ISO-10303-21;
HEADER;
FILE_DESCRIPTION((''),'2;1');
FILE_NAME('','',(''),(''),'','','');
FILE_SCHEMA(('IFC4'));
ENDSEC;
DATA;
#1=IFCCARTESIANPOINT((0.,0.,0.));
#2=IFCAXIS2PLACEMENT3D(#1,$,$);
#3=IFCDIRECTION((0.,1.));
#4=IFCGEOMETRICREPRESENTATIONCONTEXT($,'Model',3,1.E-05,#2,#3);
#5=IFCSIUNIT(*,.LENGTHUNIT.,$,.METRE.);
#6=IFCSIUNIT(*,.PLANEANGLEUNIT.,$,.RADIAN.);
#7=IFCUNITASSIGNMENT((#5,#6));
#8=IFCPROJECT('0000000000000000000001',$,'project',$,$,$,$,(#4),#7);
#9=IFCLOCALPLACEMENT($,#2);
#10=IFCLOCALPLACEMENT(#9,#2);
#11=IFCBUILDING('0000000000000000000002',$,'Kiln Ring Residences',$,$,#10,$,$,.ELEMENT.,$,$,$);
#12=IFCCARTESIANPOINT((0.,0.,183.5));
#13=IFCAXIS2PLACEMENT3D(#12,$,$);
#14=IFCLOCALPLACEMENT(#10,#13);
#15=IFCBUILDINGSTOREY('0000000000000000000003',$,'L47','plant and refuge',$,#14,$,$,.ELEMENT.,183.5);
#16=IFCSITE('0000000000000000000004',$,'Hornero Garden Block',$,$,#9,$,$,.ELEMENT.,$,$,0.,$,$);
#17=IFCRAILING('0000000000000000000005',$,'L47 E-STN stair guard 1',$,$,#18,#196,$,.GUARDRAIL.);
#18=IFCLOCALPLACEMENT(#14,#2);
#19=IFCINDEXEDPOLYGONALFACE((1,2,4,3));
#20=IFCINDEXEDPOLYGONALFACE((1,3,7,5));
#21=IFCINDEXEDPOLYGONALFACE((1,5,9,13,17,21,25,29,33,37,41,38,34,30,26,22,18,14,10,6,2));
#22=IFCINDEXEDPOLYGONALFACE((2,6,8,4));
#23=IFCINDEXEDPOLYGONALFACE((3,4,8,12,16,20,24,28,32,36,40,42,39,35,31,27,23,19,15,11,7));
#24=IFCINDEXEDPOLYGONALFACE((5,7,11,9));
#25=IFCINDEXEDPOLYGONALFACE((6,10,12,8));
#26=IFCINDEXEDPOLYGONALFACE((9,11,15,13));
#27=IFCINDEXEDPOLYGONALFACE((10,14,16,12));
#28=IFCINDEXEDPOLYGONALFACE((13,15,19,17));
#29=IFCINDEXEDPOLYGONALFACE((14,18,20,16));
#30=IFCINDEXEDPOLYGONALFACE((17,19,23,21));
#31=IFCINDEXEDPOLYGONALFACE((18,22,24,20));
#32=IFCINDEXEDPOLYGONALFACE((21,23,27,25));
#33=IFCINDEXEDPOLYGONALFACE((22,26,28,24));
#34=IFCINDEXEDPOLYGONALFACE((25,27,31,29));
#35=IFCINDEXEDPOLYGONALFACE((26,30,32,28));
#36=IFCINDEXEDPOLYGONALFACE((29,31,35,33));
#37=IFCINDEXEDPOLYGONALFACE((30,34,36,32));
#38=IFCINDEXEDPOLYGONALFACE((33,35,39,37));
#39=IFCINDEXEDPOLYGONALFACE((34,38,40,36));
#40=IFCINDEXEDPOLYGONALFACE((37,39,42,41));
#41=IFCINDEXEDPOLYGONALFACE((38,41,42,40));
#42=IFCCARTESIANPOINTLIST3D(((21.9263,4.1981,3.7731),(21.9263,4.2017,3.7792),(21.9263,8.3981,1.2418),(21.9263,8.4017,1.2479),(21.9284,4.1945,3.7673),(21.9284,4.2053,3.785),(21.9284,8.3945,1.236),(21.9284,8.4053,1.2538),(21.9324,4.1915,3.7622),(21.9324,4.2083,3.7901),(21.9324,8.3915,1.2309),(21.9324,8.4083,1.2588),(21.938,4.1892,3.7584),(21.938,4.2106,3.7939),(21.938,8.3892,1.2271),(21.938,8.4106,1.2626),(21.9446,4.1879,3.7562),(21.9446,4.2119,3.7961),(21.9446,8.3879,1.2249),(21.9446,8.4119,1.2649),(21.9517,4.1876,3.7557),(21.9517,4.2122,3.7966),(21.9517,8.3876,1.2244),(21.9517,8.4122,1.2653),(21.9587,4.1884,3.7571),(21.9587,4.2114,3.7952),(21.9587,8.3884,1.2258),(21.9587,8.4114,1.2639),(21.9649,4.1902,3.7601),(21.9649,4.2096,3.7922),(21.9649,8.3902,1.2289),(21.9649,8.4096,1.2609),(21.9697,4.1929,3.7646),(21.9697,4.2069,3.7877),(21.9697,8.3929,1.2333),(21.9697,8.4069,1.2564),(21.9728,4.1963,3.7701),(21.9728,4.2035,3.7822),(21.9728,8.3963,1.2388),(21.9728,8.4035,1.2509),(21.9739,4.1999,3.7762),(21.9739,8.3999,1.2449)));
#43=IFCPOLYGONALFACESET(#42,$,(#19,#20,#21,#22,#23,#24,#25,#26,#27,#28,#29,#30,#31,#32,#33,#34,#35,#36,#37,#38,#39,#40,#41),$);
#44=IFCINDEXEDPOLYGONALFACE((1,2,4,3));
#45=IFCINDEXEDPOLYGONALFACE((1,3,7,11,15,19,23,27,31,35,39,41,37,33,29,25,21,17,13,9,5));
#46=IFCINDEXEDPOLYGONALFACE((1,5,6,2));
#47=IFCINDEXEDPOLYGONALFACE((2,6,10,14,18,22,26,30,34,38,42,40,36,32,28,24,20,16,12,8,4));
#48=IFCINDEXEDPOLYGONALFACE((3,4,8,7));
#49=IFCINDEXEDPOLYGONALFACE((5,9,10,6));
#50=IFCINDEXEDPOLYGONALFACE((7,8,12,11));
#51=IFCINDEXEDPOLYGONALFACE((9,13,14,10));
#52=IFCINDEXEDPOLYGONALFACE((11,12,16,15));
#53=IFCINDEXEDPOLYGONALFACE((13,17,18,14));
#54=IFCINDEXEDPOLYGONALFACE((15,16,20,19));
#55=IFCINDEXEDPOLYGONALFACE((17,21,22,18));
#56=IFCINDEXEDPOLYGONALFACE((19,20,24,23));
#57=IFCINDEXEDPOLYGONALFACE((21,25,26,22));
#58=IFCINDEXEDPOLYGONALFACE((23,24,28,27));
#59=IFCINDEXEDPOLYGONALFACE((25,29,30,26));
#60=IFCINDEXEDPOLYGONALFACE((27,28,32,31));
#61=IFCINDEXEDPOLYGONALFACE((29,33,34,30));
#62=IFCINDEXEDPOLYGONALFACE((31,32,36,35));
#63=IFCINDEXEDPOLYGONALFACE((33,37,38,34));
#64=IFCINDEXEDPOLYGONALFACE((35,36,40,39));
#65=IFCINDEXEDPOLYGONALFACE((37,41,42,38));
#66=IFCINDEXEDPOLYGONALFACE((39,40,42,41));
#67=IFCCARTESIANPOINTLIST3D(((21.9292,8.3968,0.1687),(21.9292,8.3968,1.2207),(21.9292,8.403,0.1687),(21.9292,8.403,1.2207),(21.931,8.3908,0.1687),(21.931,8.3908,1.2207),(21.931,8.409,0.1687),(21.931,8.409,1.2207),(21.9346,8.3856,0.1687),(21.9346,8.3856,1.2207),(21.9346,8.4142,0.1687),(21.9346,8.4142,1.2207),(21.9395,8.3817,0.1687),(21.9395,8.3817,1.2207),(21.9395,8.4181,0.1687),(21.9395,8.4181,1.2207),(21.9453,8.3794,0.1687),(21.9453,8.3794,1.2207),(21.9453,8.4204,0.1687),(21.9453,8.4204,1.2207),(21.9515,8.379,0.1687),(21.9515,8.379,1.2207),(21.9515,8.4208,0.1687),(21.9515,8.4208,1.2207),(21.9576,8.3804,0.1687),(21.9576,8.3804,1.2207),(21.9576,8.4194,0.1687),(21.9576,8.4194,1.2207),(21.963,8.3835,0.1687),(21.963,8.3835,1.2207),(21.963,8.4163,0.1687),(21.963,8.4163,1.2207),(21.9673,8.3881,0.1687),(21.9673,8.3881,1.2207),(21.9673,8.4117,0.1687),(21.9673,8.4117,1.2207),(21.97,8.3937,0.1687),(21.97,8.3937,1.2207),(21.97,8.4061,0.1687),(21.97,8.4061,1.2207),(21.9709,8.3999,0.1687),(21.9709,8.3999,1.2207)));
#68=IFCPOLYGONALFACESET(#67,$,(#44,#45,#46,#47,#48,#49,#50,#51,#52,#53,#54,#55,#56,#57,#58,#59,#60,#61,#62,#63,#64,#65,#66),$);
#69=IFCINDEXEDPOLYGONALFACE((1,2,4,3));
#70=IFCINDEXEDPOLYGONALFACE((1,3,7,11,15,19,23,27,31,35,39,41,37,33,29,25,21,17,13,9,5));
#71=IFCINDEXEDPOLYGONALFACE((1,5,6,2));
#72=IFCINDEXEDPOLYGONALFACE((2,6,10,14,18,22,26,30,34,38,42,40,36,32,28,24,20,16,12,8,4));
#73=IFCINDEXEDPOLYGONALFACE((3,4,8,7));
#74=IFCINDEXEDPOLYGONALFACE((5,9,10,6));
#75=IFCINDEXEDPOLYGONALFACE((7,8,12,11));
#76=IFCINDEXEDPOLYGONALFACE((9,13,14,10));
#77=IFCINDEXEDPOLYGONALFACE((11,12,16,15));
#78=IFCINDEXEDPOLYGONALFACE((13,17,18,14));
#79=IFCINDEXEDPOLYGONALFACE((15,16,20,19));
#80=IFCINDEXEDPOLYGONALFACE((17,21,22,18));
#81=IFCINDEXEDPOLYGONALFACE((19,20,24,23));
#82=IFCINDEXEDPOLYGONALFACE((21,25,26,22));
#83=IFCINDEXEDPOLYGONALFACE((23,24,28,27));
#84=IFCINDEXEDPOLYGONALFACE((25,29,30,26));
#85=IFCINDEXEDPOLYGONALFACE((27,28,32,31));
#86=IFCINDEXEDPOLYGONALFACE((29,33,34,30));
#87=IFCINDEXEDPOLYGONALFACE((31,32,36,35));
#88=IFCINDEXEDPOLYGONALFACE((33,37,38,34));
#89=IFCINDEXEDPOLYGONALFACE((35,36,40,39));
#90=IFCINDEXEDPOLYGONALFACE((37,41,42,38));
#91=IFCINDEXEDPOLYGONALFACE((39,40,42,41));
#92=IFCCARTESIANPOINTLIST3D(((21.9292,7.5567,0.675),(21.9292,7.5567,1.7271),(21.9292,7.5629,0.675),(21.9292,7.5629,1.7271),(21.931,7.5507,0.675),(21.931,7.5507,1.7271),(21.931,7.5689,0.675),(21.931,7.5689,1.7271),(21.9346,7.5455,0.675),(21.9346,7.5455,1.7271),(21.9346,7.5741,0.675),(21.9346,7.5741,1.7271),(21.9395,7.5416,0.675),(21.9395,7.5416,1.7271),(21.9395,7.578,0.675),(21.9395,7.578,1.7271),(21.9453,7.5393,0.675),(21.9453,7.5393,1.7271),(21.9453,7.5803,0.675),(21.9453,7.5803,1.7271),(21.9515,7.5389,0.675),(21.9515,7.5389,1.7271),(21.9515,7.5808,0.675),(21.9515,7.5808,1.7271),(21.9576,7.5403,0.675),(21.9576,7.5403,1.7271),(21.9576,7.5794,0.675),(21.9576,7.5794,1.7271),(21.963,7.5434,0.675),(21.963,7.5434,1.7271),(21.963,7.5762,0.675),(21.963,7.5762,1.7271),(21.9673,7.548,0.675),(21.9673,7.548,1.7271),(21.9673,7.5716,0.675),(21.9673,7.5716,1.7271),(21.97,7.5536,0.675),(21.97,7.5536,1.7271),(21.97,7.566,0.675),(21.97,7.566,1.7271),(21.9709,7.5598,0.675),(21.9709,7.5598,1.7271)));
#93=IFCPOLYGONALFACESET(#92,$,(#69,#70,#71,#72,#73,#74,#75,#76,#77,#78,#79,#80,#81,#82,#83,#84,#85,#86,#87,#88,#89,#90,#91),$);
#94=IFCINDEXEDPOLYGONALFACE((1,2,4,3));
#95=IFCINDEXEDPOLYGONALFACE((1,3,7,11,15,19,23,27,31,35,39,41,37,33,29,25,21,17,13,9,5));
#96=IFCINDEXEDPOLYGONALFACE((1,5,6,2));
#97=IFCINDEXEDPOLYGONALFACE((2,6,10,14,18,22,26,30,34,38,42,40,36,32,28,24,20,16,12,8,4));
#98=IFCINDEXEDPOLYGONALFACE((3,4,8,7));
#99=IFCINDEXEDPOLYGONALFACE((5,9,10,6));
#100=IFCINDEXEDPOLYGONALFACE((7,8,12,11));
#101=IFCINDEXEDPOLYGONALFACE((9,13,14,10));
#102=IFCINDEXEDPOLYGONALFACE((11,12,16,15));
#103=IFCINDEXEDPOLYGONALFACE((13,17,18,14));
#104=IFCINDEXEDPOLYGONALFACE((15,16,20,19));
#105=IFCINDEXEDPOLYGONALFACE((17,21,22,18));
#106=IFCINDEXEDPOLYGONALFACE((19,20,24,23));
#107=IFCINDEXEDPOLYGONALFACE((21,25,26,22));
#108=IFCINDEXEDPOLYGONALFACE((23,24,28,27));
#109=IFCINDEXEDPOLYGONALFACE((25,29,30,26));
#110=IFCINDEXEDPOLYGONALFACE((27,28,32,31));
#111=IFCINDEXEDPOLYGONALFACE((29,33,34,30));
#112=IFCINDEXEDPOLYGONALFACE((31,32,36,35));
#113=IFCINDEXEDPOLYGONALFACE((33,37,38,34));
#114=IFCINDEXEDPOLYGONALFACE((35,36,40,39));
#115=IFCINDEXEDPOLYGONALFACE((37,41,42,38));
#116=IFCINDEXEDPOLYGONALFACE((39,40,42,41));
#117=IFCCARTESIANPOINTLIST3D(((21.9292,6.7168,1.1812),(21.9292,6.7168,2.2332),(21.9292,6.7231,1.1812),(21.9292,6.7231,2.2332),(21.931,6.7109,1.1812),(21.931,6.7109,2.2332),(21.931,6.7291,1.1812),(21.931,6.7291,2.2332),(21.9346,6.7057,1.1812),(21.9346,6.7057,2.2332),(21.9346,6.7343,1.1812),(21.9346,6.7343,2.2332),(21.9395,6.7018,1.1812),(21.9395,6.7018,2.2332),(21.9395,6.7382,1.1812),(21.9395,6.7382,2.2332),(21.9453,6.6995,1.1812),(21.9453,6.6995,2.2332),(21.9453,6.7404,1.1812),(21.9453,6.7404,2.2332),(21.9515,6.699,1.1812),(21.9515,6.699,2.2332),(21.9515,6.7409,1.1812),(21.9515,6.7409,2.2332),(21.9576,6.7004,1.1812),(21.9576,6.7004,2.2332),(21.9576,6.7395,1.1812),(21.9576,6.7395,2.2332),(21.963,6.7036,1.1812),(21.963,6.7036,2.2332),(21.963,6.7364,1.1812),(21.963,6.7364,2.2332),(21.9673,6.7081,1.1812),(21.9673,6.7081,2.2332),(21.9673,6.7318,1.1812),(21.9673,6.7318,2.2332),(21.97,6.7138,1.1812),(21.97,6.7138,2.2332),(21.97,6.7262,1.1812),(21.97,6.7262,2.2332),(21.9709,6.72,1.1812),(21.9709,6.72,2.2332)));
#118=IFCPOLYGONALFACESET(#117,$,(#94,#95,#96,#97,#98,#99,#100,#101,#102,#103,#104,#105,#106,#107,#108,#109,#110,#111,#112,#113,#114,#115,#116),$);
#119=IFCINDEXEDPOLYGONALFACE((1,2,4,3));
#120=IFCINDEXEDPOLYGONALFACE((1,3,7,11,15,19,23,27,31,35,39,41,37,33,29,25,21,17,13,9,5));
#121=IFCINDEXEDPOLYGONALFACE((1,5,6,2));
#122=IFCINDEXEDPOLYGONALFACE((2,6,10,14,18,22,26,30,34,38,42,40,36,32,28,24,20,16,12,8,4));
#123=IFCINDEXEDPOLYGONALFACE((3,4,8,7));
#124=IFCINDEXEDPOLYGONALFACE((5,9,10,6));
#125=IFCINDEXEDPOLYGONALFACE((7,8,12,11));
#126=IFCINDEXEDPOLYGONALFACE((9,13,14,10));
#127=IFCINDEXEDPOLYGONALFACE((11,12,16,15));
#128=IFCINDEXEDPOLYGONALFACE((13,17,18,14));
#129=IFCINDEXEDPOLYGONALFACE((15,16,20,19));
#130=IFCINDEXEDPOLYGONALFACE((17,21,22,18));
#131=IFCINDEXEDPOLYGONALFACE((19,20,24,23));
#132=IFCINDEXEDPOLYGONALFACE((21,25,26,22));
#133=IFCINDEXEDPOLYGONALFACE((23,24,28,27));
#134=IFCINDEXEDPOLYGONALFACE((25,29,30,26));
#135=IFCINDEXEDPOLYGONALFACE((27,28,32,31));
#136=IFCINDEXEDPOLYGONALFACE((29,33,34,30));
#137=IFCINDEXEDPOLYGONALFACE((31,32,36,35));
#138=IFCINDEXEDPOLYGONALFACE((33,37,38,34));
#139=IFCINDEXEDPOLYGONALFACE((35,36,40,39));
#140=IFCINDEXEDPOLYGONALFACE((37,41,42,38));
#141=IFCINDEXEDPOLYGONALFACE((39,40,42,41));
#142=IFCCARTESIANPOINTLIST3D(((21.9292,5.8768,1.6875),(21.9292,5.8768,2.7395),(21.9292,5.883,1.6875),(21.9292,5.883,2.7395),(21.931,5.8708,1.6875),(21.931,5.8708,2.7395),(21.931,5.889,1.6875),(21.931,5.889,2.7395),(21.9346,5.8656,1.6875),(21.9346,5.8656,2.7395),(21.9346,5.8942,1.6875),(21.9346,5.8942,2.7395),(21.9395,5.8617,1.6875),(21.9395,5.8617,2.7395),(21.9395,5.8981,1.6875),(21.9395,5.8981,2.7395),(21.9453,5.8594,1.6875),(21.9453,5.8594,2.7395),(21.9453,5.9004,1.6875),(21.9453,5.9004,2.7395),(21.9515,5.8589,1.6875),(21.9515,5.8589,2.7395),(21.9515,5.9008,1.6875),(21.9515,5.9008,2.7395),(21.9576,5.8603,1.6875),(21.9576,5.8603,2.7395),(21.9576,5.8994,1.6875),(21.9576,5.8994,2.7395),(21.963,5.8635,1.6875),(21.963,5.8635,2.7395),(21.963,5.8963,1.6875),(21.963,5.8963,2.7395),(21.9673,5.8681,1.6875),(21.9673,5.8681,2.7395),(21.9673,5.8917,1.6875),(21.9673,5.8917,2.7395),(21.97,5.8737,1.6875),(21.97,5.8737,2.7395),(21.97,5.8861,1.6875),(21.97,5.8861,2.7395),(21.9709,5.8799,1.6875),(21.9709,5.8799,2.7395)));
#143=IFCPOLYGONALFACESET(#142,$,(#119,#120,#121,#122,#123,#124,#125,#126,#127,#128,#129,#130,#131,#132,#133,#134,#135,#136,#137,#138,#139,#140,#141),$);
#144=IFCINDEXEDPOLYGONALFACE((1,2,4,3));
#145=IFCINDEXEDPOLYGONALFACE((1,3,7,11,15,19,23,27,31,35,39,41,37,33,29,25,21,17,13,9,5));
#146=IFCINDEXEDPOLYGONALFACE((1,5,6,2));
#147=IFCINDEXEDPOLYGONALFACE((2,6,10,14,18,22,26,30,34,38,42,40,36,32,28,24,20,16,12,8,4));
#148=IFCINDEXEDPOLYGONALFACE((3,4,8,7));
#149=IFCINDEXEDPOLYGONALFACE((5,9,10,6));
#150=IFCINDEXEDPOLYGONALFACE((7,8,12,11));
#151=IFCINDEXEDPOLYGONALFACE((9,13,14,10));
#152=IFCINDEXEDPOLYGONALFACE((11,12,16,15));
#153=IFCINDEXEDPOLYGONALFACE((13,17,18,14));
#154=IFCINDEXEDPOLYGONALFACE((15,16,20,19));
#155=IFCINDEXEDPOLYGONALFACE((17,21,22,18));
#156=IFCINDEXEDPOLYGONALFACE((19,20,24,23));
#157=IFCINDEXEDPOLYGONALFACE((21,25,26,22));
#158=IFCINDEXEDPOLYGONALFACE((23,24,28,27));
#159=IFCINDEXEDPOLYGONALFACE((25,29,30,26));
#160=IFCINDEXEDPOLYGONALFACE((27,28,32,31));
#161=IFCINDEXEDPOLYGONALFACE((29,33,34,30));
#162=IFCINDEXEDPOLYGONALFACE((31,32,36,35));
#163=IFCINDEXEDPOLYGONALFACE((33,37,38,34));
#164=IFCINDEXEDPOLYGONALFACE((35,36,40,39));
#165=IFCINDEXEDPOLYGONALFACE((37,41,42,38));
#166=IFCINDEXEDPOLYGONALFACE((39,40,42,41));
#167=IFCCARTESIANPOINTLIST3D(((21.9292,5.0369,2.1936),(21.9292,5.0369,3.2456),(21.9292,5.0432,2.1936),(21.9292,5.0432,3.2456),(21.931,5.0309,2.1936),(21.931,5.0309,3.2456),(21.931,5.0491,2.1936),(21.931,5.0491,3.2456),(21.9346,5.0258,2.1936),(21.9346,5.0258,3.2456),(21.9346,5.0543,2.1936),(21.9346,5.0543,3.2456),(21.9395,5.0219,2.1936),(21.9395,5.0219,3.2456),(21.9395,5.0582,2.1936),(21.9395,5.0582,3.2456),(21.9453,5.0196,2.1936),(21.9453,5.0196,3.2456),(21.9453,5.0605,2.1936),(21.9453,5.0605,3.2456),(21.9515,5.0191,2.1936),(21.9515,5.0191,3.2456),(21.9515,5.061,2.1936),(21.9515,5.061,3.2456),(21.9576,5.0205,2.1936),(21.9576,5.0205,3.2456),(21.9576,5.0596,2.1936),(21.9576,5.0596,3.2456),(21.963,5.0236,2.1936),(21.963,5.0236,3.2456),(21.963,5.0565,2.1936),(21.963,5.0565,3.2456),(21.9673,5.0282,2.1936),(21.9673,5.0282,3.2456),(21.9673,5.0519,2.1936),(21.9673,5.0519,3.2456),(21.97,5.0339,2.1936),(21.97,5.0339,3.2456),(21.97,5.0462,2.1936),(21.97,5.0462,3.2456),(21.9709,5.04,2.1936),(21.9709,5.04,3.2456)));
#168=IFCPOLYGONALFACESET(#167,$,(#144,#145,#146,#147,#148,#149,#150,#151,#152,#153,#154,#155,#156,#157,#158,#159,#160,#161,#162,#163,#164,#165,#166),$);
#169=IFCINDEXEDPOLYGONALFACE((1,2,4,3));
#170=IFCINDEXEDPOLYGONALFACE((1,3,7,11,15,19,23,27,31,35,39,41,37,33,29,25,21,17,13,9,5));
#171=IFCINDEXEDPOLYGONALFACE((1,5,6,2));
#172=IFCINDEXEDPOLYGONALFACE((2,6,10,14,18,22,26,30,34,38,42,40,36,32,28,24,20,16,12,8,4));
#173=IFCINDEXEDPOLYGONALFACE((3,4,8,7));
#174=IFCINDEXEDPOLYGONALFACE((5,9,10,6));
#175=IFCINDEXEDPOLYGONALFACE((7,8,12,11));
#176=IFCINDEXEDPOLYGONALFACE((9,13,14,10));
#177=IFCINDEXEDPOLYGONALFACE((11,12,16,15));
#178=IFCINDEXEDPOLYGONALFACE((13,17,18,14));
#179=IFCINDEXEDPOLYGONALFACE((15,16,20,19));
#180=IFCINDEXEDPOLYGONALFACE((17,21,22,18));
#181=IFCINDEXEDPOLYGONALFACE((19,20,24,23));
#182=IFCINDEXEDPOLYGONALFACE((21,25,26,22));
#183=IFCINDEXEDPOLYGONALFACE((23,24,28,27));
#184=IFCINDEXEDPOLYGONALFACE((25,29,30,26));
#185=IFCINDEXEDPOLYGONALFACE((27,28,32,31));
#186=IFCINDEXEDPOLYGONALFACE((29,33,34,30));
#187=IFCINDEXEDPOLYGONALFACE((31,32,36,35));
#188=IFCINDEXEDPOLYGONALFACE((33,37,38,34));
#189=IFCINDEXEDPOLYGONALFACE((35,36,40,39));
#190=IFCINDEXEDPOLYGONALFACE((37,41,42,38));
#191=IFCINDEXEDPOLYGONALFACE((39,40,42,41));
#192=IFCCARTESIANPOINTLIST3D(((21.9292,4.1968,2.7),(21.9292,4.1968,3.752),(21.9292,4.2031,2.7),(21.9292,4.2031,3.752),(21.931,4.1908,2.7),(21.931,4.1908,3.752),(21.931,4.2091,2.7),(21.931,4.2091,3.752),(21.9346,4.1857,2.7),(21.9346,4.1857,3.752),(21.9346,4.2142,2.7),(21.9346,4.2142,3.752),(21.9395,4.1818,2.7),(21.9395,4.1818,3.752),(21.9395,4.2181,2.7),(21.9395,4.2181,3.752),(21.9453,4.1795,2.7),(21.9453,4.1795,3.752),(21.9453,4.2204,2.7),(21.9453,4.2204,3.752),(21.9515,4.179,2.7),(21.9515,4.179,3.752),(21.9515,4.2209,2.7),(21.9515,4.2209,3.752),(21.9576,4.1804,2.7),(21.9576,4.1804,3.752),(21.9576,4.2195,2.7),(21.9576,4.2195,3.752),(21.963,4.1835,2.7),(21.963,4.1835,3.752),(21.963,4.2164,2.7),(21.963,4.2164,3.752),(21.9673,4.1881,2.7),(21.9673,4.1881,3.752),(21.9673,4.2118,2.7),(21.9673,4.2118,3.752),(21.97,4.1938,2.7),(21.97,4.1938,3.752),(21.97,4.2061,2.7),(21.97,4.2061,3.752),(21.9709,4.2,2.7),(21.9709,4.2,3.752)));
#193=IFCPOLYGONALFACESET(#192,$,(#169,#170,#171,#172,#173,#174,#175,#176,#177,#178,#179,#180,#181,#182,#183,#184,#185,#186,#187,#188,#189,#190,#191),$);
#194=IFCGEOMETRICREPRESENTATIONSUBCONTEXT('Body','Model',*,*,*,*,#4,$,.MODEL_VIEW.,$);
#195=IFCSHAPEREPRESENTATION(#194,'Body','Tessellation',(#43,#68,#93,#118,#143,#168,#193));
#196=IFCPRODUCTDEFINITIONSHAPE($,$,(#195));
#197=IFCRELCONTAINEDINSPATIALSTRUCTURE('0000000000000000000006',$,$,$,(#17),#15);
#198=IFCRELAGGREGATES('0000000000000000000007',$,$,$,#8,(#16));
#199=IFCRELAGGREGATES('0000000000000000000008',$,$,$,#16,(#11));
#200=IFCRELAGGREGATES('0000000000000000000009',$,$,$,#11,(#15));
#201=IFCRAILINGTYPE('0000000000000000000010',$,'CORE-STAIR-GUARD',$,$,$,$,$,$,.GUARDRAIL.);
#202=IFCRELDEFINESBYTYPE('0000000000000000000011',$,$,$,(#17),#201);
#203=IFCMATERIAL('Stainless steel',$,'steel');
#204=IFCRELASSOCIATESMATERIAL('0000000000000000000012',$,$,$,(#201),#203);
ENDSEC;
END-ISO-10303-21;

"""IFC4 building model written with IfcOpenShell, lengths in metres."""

from ifc_helpers import new_model, si_unit, direction, frame, origin, origin_2d, place, context, subcontext, project, spatial, circle, extrude, material, type_object, element, save


model = new_model("IFC4")

# Units and contexts
model_context = context("Model", 3, precision=1e-05, world=origin(), true_north=direction((0.0, 1.0)))
body_context = subcontext(model_context, "Body", "Model", "MODEL_VIEW")
ifc_project = project(units=[si_unit("LENGTHUNIT", "METRE"), si_unit("PLANEANGLEUNIT", "RADIAN")], contexts=[model_context])

# Site, building, storey
site_placement = place(None, origin())
site = spatial("IfcSite", under=ifc_project, at=site_placement, Name="Hornero Garden Block", CompositionType="ELEMENT", RefElevation=0.0)
building_placement = place(site_placement, origin())
building = spatial("IfcBuilding", under=site, at=building_placement, Name="Kiln Ring Residences", CompositionType="ELEMENT")
storey_placement = place(building_placement, frame((0.0, 0.0, 183.5)))
storey = spatial("IfcBuildingStorey", under=building, at=storey_placement, Name="L47", Description="plant and refuge", CompositionType="ELEMENT", Elevation=183.5)

# Railing
ifc_material_1 = material(Name="Stainless steel", Category="steel")
railing_type_1 = type_object("IfcRailingType", Name="CORE-STAIR-GUARD", PredefinedType="GUARDRAIL", material=ifc_material_1)
railing_1_placement = place(storey_placement, frame((21.95, 8.3999, 0.1687)))
element("IfcRailing", 1, at=railing_1_placement, inside=storey, type_object=railing_type_1, Name="L47 E-STN stair guard 1", PredefinedType="GUARDRAIL", context=body_context, shape_type="SweptSolid", body=[
    extrude(circle(Radius=0.0239, at=origin_2d()), frame((0.0, 0.0, 1.0762), z_axis=(0.0, -0.856476, 0.516186), x_axis=(1.0, 0.0, 0.0)), (0.0, 0.0, 1.0), 4.9038),
    extrude(circle(Radius=0.021, at=origin_2d()), origin(), (0.0, 0.0, 1.0), 1.052),
    extrude(circle(Radius=0.021, at=origin_2d()), frame((0.0, -0.8401, 0.5063)), (0.0, 0.0, 1.0), 1.052),
    extrude(circle(Radius=0.021, at=origin_2d()), frame((0.0, -1.6799, 1.0125)), (0.0, 0.0, 1.0), 1.052),
    extrude(circle(Radius=0.021, at=origin_2d()), frame((0.0, -2.52, 1.5188)), (0.0, 0.0, 1.0), 1.052),
    extrude(circle(Radius=0.021, at=origin_2d()), frame((0.0, -3.3599, 2.0249)), (0.0, 0.0, 1.0), 1.052),
    extrude(circle(Radius=0.021, at=origin_2d()), frame((0.0, -4.2, 2.5312)), (0.0, 0.0, 1.0), 1.052),
])

save(model, "model.ifc")
